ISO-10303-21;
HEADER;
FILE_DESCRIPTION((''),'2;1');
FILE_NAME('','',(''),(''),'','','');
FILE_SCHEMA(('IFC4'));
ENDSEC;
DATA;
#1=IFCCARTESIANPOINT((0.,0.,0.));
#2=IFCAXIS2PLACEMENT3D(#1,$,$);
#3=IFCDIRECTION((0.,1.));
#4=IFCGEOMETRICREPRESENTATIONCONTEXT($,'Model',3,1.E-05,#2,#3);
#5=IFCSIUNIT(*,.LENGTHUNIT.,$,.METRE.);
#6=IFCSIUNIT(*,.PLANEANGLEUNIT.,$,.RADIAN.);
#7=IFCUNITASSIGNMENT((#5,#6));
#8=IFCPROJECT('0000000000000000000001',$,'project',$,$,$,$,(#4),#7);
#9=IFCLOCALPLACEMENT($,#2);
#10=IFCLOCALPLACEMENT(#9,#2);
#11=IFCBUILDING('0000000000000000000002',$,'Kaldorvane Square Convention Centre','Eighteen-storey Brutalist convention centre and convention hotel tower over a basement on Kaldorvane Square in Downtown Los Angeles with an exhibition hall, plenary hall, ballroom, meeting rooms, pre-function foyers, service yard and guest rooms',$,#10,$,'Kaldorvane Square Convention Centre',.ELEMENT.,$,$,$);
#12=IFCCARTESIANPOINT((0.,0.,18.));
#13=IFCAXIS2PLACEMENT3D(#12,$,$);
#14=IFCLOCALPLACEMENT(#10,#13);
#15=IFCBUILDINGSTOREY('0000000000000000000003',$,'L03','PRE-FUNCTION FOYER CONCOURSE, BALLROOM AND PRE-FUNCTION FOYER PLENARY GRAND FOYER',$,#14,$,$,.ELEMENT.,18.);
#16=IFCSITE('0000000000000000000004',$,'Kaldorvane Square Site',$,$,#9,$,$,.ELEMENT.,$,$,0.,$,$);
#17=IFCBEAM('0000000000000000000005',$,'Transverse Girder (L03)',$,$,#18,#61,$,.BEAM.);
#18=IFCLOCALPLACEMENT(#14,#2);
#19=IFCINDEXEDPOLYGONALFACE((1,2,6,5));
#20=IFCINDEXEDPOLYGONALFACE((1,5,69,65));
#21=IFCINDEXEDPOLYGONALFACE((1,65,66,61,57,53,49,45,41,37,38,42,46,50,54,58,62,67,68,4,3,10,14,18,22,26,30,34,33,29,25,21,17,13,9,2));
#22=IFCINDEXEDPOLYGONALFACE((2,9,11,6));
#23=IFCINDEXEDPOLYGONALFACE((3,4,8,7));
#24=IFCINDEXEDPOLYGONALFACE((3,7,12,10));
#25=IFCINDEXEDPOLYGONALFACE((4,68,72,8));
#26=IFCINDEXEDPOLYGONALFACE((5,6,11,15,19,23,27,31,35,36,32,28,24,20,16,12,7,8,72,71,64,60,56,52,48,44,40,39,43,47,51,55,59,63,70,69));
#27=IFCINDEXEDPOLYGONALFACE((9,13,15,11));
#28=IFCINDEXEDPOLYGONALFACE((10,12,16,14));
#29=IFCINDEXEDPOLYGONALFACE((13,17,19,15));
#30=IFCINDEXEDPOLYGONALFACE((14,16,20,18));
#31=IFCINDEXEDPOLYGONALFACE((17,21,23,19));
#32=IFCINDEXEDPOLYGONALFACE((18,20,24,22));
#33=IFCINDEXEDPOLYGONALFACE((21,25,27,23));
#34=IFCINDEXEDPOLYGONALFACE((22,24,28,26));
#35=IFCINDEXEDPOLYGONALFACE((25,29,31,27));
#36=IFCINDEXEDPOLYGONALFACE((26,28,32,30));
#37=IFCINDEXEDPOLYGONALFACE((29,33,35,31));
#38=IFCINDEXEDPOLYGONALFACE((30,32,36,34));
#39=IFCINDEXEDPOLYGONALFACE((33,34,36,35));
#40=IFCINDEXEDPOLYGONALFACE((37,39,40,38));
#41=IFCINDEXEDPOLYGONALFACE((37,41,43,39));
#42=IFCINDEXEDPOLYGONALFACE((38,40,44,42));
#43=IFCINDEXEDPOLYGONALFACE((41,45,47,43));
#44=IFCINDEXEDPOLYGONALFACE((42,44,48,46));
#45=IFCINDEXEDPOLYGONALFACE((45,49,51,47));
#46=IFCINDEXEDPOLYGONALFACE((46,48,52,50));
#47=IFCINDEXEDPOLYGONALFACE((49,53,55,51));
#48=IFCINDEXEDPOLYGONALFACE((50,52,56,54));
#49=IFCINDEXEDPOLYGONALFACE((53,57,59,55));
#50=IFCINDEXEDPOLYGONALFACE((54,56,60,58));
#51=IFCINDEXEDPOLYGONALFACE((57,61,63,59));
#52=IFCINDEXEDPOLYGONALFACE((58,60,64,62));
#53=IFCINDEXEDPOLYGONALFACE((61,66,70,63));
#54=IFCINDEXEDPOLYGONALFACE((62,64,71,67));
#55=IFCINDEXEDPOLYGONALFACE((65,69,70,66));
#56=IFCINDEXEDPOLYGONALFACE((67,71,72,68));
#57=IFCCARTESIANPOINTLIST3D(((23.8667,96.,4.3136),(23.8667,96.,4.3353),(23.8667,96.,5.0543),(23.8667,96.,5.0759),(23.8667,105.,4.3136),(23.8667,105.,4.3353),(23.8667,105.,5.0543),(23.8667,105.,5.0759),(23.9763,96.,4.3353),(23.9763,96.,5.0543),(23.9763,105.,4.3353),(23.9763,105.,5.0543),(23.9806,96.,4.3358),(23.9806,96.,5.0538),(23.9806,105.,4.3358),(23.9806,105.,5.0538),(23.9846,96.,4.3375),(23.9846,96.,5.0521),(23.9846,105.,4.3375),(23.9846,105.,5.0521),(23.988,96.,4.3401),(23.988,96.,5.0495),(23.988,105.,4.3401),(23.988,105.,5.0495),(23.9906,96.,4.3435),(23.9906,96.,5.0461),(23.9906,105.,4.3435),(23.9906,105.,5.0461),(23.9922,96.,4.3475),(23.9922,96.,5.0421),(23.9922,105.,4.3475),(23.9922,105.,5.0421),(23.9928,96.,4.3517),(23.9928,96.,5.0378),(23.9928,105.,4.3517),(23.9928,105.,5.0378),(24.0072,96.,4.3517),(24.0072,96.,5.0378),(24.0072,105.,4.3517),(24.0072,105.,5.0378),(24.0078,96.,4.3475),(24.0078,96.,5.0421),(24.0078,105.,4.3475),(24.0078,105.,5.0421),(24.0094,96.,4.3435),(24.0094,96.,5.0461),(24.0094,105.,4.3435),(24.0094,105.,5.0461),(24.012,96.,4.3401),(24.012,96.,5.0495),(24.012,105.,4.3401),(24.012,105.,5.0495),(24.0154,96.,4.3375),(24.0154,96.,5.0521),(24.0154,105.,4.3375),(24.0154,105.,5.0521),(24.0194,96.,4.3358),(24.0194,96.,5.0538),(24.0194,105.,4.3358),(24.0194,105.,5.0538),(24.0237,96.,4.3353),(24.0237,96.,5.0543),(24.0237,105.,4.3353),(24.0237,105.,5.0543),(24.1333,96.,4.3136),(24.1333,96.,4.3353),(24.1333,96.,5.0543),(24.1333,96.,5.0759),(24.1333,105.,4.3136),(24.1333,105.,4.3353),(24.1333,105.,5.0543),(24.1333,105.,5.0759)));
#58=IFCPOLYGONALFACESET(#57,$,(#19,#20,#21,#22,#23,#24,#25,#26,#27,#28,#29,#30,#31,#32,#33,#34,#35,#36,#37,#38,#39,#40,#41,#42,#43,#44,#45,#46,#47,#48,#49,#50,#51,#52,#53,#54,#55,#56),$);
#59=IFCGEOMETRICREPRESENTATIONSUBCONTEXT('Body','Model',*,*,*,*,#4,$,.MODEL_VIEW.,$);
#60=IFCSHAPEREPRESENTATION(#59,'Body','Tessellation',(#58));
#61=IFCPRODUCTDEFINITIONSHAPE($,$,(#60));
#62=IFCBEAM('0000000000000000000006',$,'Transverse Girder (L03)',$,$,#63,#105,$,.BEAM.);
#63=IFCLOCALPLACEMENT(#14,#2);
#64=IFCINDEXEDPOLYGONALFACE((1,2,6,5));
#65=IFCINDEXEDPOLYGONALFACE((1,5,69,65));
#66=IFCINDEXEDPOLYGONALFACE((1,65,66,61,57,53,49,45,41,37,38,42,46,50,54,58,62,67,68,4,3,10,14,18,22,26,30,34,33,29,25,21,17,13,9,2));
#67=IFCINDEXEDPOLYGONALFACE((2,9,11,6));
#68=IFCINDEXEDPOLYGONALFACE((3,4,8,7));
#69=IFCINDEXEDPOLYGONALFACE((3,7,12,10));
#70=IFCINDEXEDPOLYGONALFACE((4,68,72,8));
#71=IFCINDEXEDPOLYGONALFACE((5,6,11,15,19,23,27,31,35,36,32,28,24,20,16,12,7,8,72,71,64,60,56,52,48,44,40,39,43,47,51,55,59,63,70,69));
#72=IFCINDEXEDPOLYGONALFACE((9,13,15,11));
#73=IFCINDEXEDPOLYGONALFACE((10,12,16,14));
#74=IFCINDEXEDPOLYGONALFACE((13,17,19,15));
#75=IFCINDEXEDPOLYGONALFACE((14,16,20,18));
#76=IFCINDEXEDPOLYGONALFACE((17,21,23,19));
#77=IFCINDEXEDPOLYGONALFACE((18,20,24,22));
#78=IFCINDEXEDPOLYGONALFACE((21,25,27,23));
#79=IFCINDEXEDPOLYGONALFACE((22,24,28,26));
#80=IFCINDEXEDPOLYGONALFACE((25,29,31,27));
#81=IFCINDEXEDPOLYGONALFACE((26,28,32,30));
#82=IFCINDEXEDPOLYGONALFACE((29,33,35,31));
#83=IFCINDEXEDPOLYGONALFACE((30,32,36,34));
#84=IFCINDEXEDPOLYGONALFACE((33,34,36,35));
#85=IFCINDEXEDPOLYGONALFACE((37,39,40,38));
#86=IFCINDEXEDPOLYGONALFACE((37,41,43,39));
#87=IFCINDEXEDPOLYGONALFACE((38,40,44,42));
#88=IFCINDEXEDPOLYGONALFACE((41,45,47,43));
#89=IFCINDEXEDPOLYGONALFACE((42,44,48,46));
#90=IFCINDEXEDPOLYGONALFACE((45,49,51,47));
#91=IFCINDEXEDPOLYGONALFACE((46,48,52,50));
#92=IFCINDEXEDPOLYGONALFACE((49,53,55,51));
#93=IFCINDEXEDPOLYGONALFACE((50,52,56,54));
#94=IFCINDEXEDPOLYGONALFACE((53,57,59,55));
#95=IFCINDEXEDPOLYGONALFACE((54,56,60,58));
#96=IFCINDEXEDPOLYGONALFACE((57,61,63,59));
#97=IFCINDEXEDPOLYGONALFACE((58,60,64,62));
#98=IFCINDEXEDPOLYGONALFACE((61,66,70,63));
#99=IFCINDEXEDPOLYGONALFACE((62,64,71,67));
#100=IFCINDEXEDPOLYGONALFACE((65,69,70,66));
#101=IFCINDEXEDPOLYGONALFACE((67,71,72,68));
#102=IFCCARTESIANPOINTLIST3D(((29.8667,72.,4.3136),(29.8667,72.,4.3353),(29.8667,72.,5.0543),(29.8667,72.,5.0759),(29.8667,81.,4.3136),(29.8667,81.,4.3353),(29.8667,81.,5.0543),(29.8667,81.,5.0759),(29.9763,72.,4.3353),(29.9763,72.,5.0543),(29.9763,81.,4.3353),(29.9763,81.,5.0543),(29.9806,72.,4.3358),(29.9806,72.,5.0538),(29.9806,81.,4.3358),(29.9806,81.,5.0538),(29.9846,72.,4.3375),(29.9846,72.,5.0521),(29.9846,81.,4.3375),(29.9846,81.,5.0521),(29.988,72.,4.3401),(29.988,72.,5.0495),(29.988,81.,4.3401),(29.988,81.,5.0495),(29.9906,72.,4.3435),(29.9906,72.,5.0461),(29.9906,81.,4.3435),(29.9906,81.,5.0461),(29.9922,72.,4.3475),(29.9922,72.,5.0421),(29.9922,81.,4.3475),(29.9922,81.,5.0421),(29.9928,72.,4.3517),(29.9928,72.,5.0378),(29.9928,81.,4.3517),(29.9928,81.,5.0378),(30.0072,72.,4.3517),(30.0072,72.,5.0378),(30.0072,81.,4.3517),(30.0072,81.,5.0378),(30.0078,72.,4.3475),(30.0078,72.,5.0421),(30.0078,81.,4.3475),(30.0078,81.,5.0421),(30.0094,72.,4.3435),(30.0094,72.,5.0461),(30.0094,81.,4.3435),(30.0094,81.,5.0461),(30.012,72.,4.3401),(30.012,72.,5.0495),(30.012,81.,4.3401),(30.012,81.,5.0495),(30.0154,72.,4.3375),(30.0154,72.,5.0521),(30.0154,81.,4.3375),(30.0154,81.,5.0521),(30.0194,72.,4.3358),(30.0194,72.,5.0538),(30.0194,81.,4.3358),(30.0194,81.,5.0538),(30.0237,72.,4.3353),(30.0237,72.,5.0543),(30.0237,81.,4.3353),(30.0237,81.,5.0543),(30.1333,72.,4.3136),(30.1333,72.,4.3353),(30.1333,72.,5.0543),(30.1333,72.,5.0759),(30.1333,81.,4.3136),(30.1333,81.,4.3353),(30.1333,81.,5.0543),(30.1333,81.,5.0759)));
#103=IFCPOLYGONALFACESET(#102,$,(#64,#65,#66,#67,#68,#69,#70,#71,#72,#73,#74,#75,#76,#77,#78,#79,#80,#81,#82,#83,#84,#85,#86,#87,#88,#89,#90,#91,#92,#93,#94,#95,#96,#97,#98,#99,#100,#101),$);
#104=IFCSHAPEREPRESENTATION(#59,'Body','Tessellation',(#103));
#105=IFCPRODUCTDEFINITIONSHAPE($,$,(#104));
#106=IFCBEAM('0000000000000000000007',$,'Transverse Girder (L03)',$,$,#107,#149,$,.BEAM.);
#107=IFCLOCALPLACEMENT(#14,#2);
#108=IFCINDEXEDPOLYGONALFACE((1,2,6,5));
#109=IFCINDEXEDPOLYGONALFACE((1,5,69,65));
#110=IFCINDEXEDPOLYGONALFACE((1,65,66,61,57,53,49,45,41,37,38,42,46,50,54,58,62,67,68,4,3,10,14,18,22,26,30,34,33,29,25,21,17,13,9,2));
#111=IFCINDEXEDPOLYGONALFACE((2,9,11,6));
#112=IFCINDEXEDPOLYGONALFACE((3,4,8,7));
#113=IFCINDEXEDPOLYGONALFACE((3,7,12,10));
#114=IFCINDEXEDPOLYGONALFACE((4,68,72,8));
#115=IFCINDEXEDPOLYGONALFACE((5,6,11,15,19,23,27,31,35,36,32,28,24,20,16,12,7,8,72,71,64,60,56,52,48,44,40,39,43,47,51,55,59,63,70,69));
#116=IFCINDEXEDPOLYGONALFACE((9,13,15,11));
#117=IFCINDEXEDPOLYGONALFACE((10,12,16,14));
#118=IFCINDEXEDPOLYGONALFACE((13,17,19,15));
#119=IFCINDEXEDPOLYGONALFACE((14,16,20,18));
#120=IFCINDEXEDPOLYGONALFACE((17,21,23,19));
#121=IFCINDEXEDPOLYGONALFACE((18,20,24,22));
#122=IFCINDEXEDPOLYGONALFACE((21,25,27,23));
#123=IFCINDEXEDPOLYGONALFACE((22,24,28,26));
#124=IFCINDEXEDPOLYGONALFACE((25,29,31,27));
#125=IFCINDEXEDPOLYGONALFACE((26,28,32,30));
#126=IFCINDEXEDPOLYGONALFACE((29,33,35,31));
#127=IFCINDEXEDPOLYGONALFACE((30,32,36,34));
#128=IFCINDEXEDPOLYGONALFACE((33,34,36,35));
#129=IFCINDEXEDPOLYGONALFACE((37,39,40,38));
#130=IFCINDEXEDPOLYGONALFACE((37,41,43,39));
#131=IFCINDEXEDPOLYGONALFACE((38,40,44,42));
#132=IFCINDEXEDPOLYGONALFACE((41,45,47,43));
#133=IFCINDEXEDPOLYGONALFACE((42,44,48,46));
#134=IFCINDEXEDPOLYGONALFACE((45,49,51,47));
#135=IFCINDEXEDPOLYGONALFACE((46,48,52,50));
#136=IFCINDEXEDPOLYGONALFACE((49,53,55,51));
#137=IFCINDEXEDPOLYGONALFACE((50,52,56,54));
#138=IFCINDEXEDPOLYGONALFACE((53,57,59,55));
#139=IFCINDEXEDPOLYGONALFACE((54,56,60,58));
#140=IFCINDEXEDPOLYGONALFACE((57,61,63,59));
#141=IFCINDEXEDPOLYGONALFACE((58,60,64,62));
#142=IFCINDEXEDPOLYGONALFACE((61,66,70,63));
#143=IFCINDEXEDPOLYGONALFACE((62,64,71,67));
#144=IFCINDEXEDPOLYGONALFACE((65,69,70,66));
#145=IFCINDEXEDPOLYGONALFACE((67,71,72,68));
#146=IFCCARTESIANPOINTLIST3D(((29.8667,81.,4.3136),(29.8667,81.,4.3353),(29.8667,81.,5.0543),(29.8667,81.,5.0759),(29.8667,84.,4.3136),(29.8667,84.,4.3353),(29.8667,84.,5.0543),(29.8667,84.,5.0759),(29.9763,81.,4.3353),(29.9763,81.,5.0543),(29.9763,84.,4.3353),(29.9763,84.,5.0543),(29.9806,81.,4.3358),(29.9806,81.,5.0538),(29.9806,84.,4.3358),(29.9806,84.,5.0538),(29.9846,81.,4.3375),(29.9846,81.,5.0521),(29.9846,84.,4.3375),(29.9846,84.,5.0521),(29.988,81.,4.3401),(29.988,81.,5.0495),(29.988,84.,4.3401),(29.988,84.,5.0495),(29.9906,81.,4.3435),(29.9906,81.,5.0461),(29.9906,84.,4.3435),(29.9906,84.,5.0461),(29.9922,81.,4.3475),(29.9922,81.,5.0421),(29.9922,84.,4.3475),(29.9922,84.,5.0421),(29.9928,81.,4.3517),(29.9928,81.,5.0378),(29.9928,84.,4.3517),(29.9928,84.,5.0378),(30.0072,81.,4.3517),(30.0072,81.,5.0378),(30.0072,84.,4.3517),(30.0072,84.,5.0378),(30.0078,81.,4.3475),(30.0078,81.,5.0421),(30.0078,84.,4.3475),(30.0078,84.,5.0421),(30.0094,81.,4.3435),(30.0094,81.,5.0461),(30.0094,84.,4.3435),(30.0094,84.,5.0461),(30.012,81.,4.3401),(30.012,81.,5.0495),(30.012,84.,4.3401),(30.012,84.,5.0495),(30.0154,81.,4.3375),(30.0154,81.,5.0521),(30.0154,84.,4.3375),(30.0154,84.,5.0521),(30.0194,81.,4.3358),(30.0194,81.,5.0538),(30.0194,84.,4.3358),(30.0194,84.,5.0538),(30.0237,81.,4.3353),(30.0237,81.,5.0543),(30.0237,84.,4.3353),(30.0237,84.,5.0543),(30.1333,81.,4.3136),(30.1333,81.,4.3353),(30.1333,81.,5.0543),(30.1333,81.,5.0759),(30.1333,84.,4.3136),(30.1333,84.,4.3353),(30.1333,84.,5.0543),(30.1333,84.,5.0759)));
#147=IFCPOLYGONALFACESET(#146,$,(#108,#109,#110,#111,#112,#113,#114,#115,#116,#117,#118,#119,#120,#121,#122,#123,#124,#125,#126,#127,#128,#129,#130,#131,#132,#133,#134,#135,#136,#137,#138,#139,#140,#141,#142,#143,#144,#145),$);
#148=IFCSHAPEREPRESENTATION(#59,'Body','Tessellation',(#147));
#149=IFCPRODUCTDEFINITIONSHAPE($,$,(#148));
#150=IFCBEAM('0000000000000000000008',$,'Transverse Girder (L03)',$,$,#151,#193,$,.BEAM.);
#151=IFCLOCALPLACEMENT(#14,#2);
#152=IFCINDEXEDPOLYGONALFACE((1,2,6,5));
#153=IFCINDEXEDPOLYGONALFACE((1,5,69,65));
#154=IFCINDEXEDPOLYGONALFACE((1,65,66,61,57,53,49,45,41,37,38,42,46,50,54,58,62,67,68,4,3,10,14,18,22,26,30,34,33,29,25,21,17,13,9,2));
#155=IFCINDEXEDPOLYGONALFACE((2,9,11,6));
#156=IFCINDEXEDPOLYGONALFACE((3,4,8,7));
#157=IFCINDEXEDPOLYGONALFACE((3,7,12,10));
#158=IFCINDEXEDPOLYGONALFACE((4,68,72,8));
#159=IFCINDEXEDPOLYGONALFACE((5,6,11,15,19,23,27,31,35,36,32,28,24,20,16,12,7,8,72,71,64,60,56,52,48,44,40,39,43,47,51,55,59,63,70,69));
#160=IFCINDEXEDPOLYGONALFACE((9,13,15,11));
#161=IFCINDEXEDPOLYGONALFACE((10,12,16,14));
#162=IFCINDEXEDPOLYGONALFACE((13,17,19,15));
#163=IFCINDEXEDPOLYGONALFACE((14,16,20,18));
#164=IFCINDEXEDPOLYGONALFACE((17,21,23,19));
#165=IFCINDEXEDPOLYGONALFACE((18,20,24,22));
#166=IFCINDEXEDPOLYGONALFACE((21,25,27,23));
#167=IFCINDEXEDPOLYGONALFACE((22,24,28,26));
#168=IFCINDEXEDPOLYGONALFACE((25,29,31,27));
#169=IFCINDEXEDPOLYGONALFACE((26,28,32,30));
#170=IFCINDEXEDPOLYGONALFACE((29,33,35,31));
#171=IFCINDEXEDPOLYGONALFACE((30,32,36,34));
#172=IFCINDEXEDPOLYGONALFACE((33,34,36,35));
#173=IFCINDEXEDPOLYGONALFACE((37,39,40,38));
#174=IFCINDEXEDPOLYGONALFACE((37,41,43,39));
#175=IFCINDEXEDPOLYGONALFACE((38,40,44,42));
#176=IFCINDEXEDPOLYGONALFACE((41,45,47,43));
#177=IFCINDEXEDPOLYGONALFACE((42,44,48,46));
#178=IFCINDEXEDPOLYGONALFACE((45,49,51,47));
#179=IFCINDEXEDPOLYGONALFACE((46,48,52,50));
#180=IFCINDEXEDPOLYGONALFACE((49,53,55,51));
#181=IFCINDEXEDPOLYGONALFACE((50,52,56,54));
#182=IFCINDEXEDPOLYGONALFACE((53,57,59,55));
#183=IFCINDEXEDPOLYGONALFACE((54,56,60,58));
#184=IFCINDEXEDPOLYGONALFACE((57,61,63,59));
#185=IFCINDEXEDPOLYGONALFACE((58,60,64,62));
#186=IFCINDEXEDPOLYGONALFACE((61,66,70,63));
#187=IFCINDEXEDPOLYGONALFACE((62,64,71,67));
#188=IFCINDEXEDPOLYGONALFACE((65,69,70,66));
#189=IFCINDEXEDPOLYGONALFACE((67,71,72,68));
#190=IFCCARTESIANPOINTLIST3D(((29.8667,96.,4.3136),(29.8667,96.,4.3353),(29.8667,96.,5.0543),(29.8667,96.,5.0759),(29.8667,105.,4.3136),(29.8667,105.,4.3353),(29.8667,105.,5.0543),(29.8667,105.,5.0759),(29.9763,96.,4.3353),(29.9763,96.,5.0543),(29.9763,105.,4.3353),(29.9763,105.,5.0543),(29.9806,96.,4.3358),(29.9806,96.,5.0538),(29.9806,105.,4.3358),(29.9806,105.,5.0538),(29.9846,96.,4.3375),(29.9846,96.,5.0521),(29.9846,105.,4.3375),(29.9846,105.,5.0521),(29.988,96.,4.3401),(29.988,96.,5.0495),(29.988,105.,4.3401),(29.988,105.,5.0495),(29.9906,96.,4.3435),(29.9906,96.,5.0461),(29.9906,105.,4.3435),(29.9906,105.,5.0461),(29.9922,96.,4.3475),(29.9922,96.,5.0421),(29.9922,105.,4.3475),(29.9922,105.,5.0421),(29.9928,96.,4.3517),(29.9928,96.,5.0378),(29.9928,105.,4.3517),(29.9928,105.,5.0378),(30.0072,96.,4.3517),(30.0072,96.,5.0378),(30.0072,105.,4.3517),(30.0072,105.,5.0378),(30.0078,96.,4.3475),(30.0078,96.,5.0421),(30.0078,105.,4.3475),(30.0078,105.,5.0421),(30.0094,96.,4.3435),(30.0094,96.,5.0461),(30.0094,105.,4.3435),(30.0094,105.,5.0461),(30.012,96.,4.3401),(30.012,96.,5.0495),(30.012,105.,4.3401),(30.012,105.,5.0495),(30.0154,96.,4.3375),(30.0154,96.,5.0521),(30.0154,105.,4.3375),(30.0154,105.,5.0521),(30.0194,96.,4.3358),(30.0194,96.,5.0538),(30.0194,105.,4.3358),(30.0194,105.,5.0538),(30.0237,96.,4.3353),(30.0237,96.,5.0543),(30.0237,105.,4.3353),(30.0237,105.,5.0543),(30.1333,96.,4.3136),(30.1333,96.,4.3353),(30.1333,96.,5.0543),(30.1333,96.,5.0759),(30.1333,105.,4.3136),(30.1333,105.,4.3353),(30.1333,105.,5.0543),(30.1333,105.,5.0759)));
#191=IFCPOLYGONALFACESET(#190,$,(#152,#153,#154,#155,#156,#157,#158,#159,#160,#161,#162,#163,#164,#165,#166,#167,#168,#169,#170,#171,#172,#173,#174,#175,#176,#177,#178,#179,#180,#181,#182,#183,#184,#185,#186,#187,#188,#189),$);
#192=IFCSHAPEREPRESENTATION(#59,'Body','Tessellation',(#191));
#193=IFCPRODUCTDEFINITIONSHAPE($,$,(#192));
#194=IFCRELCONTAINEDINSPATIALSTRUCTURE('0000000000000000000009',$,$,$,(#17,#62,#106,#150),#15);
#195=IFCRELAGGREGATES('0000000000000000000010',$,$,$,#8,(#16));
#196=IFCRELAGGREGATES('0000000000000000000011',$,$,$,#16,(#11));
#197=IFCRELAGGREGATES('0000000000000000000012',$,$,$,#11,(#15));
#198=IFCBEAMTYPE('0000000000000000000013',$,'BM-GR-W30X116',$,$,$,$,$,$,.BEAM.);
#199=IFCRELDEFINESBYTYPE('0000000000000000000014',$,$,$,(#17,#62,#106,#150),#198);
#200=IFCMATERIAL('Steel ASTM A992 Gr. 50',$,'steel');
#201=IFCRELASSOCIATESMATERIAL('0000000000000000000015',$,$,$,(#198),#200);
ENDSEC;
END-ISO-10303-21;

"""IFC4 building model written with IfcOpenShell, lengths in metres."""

from ifc_helpers import new_model, si_unit, direction, frame, origin, origin_2d, place, context, subcontext, project, spatial, i_section, extrude, material, material_profile, profile_set, type_object, element, save


model = new_model("IFC4")

# Units and contexts
model_context = context("Model", 3, precision=1e-05, world=origin(), true_north=direction((0.0, 1.0)))
body_context = subcontext(model_context, "Body", "Model", "MODEL_VIEW")
ifc_project = project(units=[si_unit("LENGTHUNIT", "METRE"), si_unit("PLANEANGLEUNIT", "RADIAN")], contexts=[model_context])

# Site, building, storey
site_placement = place(None, origin())
site = spatial("IfcSite", under=ifc_project, at=site_placement, Name="Kaldorvane Square Site", CompositionType="ELEMENT", RefElevation=0.0)
building_placement = place(site_placement, origin())
building = spatial("IfcBuilding", under=site, at=building_placement, Name="Kaldorvane Square Convention Centre", Description="Eighteen-storey Brutalist convention centre and convention hotel tower over a basement on Kaldorvane Square in Downtown Los Angeles with an exhibition hall, plenary hall, ballroom, meeting rooms, pre-function foyers, service yard and guest rooms", LongName="Kaldorvane Square Convention Centre", CompositionType="ELEMENT")
storey_placement = place(building_placement, frame((0.0, 0.0, 18.0)))
storey = spatial("IfcBuildingStorey", under=building, at=storey_placement, Name="L03", Description="PRE-FUNCTION FOYER CONCOURSE, BALLROOM AND PRE-FUNCTION FOYER PLENARY GRAND FOYER", CompositionType="ELEMENT", Elevation=18.0)

# Shared definitions
ifc_material_1 = material(Name="Steel ASTM A992 Gr. 50", Category="steel")

# Beams
ifc_material_profile_1 = material_profile(ifc_material_1, i_section(OverallWidth=0.2666, OverallDepth=0.7623, WebThickness=0.0144, FlangeThickness=0.0216, FilletRadius=0.0165, at=origin_2d()), Name="W30X116")
ifc_profile_set_1 = profile_set([ifc_material_profile_1], Name="Steel ASTM A992 Gr. 50")
beam_type_1 = type_object("IfcBeamType", Name="BM-GR-W30X116", PredefinedType="BEAM", material=ifc_profile_set_1)
for number, where, z_axis, x_axis, name in (
    (1, (24.0, 96.0, 4.6948), (0.0, 1.0, 0.0), (-1.0, 0.0, 0.0), "Transverse Girder (L03)"),
    (2, (30.0, 72.0, 4.6948), (0.0, 1.0, 0.0), (-1.0, 0.0, 0.0), "Transverse Girder (L03)"),
):
    element("IfcBeam", number, at=place(storey_placement, frame(where, z_axis=z_axis, x_axis=x_axis)), inside=storey, type_object=beam_type_1, Name=name, PredefinedType="BEAM", context=body_context, shape_type="SweptSolid", body=[
        extrude(i_section(OverallWidth=0.2666, OverallDepth=0.7623, WebThickness=0.0144, FlangeThickness=0.0216, FilletRadius=0.0165, at=origin_2d()), origin(), (0.0, 0.0, 1.0), 9.0),
    ])
beam_1_placement = place(storey_placement, frame((30.0, 81.0, 4.6948), z_axis=(0.0, 1.0, 0.0), x_axis=(-1.0, 0.0, 0.0)))
element("IfcBeam", 3, at=beam_1_placement, inside=storey, type_object=beam_type_1, Name="Transverse Girder (L03)", PredefinedType="BEAM", context=body_context, shape_type="SweptSolid", body=[
    extrude(i_section(OverallWidth=0.2666, OverallDepth=0.7623, WebThickness=0.0144, FlangeThickness=0.0216, FilletRadius=0.0165, at=origin_2d()), origin(), (0.0, 0.0, 1.0), 3.0),
])
beam_2_placement = place(storey_placement, frame((30.0, 96.0, 4.6948), z_axis=(0.0, 1.0, 0.0), x_axis=(-1.0, 0.0, 0.0)))
element("IfcBeam", 4, at=beam_2_placement, inside=storey, type_object=beam_type_1, Name="Transverse Girder (L03)", PredefinedType="BEAM", context=body_context, shape_type="SweptSolid", body=[
    extrude(i_section(OverallWidth=0.2666, OverallDepth=0.7623, WebThickness=0.0144, FlangeThickness=0.0216, FilletRadius=0.0165, at=origin_2d()), origin(), (0.0, 0.0, 1.0), 9.0),
])

save(model, "model.ifc")
